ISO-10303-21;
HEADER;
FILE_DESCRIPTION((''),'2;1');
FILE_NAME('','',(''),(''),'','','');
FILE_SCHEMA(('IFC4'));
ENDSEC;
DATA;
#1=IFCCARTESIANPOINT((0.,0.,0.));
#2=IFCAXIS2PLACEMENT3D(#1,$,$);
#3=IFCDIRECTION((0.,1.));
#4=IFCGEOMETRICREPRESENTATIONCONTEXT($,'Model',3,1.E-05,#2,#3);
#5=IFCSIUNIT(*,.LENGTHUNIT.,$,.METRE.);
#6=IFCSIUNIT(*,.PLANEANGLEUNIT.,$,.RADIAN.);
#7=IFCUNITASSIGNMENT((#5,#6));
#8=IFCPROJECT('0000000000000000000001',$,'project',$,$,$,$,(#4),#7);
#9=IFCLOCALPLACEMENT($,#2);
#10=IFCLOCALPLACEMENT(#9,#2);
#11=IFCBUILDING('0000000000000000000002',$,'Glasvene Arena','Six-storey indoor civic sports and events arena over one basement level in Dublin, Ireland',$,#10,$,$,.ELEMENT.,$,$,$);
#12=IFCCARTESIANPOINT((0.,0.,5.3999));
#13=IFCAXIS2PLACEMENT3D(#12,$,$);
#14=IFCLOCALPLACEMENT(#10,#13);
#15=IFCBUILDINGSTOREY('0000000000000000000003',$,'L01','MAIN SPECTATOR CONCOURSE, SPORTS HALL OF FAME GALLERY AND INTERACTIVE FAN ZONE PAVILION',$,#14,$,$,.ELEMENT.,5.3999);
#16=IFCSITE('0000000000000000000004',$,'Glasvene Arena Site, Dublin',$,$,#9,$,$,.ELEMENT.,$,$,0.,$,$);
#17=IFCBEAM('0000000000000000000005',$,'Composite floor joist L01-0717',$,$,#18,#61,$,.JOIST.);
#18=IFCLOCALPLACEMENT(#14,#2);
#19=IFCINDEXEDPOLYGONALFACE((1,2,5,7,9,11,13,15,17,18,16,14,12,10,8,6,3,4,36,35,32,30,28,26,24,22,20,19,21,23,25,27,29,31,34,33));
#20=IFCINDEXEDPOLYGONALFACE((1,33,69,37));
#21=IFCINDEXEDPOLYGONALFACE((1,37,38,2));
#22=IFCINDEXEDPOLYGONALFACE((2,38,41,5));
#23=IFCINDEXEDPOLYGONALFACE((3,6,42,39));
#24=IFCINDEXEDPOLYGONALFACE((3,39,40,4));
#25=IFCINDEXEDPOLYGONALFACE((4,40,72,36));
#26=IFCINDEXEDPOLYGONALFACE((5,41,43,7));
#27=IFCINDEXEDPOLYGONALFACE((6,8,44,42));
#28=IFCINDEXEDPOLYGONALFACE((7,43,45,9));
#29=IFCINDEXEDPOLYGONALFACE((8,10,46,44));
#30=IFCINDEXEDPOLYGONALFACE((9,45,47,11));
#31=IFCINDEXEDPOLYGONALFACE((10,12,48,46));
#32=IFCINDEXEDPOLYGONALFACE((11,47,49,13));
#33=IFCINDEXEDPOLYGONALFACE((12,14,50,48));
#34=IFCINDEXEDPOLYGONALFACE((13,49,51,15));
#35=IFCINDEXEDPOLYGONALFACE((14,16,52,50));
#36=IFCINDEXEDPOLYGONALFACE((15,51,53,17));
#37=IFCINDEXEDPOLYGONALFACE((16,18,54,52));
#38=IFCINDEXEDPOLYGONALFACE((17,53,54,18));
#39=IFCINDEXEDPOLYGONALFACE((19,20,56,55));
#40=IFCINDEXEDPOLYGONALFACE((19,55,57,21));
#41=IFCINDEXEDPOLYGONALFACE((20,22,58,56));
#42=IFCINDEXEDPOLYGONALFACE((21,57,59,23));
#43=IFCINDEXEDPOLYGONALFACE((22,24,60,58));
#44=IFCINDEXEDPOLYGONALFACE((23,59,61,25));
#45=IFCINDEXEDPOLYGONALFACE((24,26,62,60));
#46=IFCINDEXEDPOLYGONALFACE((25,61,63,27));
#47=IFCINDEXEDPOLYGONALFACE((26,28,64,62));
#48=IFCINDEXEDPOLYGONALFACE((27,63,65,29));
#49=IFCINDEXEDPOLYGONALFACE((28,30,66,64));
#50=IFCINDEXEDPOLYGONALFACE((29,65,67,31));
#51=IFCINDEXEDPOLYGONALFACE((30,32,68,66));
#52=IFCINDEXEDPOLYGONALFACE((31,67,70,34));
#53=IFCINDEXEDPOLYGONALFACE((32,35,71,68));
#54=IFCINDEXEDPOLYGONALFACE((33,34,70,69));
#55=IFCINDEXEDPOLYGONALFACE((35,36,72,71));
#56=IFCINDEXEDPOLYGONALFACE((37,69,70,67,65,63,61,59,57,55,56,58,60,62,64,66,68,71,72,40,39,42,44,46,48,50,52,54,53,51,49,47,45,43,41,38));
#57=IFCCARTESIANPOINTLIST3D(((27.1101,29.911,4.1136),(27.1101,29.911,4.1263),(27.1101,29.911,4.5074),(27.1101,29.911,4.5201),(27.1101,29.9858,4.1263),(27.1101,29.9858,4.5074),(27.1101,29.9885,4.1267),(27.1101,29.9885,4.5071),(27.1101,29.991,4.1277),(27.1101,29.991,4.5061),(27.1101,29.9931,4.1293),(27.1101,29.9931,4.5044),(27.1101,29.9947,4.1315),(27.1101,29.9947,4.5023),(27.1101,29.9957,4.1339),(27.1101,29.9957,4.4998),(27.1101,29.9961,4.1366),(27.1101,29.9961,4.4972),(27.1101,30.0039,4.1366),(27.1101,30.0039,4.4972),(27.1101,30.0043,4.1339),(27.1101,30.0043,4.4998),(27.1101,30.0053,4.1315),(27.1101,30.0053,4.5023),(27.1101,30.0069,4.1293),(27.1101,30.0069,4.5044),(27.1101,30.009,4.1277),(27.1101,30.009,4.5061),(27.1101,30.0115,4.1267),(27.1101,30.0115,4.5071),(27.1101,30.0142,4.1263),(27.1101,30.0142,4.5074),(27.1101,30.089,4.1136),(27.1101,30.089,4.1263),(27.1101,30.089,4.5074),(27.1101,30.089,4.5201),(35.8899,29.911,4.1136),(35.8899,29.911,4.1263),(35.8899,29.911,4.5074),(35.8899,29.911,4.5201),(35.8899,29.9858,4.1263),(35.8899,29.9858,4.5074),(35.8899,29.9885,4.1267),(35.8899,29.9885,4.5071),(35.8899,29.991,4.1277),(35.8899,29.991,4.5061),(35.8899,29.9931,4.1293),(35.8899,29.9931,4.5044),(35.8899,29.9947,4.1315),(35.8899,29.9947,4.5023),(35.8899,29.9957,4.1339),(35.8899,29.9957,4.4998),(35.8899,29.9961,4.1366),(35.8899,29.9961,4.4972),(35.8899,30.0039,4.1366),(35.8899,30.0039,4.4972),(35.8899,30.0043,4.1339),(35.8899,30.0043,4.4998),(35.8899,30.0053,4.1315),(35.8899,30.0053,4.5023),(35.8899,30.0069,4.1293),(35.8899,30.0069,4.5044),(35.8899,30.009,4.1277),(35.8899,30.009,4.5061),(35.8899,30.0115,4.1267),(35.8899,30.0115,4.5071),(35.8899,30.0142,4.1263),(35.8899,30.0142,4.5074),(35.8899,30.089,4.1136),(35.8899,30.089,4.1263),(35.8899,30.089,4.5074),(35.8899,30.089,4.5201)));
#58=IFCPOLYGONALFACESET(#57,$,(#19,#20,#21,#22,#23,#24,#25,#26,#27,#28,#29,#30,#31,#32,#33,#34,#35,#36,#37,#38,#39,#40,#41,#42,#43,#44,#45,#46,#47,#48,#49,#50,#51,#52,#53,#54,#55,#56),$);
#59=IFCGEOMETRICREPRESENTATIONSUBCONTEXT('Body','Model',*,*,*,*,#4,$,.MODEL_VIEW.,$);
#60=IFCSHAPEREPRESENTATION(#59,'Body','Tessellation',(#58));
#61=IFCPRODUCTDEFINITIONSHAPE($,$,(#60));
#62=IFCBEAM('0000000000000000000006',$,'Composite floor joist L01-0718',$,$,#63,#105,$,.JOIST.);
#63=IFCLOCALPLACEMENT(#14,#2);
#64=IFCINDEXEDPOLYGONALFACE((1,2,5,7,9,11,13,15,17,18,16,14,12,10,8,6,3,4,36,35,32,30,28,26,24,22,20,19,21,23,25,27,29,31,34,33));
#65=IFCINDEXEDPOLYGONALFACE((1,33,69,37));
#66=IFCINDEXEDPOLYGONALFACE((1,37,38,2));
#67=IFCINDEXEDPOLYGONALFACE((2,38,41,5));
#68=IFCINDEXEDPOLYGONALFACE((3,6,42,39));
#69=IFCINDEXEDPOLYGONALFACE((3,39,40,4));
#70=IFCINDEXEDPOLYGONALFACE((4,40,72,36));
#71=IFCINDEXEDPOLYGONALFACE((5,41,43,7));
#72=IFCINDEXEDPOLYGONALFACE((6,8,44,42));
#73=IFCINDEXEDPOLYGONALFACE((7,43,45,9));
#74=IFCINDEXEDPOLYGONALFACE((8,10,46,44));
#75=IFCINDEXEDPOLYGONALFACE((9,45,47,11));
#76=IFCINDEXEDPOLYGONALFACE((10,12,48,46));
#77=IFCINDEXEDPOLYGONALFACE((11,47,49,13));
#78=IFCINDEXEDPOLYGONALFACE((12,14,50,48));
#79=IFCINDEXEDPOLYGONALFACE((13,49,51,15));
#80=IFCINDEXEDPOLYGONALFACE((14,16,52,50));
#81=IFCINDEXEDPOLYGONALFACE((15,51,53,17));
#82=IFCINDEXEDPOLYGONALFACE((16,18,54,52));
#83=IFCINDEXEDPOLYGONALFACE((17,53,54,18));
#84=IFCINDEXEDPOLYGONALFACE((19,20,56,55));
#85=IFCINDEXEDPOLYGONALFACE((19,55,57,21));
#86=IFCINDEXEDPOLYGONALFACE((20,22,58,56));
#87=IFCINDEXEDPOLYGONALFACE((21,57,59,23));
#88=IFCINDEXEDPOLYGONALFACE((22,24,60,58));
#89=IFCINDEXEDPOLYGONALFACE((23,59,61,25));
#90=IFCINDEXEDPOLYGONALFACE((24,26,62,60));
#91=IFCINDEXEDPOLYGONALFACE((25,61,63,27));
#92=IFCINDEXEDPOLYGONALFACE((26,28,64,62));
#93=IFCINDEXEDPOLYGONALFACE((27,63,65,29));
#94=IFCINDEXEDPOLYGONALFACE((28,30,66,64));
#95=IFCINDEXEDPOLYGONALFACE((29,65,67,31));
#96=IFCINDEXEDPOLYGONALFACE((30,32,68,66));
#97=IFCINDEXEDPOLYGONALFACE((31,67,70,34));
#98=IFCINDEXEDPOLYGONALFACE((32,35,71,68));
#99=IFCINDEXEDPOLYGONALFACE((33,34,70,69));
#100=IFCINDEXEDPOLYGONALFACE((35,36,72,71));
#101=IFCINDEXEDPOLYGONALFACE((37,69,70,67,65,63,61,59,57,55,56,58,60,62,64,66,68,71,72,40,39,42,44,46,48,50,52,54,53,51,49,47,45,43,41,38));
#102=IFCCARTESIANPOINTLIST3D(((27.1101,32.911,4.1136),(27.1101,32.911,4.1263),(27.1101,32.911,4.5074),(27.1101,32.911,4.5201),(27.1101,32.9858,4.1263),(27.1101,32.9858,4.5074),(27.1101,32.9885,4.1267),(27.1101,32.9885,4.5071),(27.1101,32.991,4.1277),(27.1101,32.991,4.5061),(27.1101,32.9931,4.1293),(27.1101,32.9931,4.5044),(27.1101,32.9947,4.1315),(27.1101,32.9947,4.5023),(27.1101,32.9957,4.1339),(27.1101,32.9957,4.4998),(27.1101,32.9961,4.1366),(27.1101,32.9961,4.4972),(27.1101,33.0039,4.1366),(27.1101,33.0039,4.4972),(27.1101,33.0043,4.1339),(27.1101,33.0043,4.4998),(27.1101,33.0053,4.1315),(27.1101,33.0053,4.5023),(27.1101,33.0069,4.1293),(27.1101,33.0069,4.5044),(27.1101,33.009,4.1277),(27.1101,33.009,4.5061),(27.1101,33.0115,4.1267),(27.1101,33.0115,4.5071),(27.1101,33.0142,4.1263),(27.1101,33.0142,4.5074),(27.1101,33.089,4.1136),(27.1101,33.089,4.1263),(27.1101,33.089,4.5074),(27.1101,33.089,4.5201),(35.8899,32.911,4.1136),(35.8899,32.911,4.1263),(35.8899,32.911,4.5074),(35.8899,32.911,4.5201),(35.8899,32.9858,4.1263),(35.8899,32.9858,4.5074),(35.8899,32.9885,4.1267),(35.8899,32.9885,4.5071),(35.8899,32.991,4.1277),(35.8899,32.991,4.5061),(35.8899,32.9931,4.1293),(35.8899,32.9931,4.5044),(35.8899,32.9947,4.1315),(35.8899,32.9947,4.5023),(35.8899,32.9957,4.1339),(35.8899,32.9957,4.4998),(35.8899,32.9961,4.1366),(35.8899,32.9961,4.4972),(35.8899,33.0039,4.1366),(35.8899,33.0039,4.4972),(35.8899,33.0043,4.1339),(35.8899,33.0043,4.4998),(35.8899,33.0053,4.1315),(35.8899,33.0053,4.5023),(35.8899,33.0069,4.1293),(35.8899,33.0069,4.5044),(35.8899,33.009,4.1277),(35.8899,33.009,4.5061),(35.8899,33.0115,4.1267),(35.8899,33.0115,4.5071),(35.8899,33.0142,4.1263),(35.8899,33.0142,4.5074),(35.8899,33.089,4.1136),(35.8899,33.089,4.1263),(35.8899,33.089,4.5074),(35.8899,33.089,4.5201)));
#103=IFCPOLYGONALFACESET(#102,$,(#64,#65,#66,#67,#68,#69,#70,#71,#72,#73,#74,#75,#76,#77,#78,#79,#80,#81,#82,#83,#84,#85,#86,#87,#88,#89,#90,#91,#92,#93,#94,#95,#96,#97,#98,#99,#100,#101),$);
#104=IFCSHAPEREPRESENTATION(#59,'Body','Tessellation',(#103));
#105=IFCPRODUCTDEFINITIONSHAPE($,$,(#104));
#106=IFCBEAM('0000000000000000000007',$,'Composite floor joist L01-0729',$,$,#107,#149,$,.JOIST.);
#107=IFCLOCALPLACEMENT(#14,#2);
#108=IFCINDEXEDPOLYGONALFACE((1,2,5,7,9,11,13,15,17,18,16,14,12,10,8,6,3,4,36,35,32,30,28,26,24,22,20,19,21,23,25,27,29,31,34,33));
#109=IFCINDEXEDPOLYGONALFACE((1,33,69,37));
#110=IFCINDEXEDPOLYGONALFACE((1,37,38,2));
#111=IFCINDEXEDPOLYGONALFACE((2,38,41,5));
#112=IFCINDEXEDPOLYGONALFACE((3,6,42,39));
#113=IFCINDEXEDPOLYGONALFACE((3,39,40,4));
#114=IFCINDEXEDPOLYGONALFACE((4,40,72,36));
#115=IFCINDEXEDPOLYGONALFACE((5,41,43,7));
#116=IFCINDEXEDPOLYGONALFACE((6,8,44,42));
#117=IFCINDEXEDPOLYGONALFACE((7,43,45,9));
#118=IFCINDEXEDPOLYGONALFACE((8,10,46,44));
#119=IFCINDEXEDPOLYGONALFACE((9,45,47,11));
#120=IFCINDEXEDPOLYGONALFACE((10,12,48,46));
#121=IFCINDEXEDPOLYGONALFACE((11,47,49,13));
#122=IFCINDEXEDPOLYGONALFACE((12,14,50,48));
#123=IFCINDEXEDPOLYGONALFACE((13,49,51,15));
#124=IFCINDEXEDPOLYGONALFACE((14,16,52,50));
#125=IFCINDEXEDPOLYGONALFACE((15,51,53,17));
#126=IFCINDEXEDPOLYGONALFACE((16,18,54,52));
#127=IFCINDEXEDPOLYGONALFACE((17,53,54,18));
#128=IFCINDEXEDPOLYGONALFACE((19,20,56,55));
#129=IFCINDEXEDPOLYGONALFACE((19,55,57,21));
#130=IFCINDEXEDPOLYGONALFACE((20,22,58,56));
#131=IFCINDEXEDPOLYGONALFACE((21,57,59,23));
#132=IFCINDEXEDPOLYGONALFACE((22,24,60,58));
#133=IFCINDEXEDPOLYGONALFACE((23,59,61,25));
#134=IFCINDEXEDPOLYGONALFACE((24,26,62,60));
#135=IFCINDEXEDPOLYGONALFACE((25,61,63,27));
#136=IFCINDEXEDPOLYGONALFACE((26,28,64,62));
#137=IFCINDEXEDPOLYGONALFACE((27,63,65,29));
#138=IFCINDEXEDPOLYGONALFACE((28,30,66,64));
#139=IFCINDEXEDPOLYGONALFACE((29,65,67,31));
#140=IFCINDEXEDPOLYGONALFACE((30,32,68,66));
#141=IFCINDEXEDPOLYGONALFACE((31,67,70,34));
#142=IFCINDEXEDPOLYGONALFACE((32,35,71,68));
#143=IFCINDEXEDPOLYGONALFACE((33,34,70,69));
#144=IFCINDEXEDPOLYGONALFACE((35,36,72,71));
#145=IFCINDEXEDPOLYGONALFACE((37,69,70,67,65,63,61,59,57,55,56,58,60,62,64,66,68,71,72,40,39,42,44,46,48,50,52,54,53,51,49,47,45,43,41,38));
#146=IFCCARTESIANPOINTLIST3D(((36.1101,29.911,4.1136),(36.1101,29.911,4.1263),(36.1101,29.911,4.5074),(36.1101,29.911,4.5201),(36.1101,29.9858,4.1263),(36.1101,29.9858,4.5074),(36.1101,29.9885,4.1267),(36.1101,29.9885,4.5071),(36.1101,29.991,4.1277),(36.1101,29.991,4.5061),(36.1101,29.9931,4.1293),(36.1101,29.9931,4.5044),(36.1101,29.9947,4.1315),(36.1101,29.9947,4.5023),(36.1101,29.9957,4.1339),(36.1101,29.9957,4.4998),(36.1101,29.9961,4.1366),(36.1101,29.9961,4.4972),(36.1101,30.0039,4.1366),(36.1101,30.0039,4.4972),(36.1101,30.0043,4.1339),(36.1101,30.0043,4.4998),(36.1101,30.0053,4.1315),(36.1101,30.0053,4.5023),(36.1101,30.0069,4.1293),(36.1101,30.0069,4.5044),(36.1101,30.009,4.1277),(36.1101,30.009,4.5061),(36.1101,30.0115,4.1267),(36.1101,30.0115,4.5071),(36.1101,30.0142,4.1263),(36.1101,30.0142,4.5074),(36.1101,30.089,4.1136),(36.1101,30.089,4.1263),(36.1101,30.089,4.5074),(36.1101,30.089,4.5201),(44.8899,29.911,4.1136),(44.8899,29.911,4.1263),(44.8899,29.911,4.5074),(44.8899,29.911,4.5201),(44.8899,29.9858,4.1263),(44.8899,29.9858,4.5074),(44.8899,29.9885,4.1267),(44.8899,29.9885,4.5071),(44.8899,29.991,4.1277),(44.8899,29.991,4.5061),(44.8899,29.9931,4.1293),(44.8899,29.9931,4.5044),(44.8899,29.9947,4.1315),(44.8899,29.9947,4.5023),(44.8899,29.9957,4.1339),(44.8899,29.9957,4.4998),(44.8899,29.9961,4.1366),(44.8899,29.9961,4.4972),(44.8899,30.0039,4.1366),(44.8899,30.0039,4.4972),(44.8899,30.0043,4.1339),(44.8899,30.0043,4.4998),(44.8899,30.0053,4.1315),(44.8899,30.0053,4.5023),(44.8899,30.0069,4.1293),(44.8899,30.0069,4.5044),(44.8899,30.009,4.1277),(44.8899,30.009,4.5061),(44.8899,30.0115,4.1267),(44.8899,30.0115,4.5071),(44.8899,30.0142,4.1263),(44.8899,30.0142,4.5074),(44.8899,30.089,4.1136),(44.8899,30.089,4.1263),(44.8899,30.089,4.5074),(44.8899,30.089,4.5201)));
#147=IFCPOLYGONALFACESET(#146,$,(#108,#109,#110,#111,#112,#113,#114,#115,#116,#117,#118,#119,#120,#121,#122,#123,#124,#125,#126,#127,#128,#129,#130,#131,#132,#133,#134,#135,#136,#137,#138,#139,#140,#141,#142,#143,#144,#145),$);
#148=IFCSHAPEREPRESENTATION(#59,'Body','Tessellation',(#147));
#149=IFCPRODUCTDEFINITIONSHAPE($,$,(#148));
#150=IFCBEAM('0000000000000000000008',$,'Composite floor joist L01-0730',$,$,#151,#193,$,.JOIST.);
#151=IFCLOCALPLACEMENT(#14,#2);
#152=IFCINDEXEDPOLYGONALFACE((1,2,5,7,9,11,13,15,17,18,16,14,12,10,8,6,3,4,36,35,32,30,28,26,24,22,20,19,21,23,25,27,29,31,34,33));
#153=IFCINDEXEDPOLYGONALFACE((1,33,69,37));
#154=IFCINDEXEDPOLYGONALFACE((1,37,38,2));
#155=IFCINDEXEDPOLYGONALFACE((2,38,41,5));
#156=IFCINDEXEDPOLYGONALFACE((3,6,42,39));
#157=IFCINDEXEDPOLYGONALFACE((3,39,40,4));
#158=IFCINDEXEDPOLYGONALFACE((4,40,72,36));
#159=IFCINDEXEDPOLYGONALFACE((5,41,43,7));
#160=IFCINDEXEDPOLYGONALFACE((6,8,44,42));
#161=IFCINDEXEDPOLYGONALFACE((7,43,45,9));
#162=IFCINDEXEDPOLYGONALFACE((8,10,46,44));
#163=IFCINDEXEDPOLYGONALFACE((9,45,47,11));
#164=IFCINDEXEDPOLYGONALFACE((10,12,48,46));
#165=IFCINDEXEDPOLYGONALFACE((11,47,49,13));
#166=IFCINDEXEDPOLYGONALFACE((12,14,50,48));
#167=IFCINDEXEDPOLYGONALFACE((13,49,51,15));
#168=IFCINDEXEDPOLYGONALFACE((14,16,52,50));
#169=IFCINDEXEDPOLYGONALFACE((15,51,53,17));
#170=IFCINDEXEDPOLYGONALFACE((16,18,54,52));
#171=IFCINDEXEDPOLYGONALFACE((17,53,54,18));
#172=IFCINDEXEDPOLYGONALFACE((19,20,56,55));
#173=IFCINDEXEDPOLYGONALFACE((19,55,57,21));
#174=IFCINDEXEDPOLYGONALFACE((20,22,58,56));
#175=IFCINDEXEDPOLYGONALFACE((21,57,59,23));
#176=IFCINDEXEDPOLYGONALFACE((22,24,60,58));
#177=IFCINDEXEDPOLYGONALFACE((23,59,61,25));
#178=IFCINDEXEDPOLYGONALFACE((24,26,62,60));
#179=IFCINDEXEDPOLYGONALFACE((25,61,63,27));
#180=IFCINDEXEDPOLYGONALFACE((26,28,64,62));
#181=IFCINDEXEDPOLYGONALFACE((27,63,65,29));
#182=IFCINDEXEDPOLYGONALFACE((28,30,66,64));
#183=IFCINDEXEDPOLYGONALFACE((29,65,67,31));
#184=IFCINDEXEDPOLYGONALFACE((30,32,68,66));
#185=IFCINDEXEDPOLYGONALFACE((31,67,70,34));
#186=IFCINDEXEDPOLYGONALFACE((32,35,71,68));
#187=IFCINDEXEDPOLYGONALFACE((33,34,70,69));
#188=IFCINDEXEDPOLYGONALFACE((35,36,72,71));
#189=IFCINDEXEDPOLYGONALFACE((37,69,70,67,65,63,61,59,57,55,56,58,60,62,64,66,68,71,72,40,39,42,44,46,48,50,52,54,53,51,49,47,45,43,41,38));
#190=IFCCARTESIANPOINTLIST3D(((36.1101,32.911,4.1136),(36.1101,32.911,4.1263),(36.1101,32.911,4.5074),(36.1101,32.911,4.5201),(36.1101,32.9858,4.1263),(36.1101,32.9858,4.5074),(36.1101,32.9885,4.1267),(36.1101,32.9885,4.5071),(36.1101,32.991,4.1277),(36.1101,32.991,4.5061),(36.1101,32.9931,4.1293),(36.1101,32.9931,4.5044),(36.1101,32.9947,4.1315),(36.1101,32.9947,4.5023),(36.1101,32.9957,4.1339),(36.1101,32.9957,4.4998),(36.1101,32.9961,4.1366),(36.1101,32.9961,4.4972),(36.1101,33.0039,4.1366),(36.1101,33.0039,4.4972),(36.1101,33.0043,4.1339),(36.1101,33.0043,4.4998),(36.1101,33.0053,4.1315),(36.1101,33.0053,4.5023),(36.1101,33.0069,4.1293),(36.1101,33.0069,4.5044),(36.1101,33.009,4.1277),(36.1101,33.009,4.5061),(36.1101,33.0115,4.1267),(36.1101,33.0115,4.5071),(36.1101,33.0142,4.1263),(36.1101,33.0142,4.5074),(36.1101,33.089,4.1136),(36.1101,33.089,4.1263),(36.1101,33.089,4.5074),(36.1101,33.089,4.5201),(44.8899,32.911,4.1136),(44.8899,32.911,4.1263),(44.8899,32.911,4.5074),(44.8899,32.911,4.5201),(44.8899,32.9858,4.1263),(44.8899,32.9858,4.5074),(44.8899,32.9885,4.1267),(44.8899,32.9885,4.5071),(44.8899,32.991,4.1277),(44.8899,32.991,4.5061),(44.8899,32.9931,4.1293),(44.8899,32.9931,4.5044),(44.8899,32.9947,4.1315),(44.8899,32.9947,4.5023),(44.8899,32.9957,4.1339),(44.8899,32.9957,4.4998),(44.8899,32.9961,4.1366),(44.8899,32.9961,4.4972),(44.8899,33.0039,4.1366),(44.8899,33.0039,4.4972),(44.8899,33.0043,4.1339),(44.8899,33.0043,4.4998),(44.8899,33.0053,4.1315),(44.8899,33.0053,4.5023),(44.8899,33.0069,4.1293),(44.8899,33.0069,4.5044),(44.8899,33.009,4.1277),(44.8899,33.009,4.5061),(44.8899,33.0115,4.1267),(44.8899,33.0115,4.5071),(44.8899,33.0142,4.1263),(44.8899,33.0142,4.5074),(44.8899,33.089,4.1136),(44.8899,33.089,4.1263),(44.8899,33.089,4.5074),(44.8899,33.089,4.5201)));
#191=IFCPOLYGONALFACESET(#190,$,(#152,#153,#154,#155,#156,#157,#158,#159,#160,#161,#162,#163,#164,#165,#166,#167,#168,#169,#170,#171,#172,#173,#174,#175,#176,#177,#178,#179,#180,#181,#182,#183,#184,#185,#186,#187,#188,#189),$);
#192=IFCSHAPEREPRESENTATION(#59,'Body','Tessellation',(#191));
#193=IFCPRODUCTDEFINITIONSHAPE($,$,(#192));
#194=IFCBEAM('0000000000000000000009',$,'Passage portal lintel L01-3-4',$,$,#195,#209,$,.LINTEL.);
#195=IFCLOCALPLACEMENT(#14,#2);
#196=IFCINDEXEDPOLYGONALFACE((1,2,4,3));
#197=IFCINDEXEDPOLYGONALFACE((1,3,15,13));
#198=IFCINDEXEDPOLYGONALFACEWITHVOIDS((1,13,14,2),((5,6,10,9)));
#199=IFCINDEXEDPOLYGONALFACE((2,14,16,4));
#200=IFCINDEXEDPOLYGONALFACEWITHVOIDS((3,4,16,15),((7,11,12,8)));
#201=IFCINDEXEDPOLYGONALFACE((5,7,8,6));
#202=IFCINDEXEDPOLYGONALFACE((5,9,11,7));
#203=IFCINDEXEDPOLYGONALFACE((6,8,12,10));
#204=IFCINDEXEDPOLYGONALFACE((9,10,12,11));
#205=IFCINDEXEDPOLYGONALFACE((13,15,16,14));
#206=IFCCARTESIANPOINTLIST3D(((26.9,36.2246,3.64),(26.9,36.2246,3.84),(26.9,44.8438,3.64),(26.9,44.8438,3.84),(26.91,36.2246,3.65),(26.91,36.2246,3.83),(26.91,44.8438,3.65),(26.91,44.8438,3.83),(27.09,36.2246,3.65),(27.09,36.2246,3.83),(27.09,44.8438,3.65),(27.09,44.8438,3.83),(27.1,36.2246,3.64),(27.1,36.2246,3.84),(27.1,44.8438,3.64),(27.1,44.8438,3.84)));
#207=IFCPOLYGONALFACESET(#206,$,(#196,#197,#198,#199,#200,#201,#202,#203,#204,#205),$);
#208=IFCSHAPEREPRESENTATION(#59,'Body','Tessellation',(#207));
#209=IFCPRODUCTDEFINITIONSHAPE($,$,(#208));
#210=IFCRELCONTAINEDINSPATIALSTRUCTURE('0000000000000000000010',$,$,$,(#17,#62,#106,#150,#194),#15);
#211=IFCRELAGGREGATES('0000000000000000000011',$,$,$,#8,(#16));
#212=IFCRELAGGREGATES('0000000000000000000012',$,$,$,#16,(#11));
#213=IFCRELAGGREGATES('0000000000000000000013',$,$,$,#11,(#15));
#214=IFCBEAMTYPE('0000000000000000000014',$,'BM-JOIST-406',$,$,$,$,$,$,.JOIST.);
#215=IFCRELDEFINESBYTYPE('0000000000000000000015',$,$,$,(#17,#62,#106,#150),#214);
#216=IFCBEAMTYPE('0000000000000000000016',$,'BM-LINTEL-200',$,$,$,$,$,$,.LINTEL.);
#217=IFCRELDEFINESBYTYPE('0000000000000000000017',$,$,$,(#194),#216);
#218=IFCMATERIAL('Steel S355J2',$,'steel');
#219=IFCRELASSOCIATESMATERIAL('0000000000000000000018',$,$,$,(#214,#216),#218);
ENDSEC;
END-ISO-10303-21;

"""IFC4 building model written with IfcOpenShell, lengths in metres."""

from ifc_helpers import new_model, si_unit, direction, frame, origin, origin_2d, place, context, subcontext, project, spatial, hollow_rectangle, i_section, extrude, material, material_profile, profile_set, type_object, element, save


model = new_model("IFC4")

# Units and contexts
model_context = context("Model", 3, precision=1e-05, world=origin(), true_north=direction((0.0, 1.0)))
body_context = subcontext(model_context, "Body", "Model", "MODEL_VIEW")
ifc_project = project(units=[si_unit("LENGTHUNIT", "METRE"), si_unit("PLANEANGLEUNIT", "RADIAN")], contexts=[model_context])

# Site, building, storey
site_placement = place(None, origin())
site = spatial("IfcSite", under=ifc_project, at=site_placement, Name="Glasvene Arena Site, Dublin", CompositionType="ELEMENT", RefElevation=0.0)
building_placement = place(site_placement, origin())
building = spatial("IfcBuilding", under=site, at=building_placement, Name="Glasvene Arena", Description="Six-storey indoor civic sports and events arena over one basement level in Dublin, Ireland", CompositionType="ELEMENT")
storey_placement = place(building_placement, frame((0.0, 0.0, 5.3999)))
storey = spatial("IfcBuildingStorey", under=building, at=storey_placement, Name="L01", Description="MAIN SPECTATOR CONCOURSE, SPORTS HALL OF FAME GALLERY AND INTERACTIVE FAN ZONE PAVILION", CompositionType="ELEMENT", Elevation=5.3999)

# Shared definitions
ifc_material_1 = material(Name="Steel S355J2", Category="steel")

# Beams
ifc_material_profile_1 = material_profile(ifc_material_1, i_section(OverallWidth=0.178, OverallDepth=0.4065, WebThickness=0.0078, FlangeThickness=0.0127, FilletRadius=0.0103, at=origin_2d()), Name="UKB 406x178x60")
ifc_profile_set_1 = profile_set([ifc_material_profile_1], Name="Steel S355J2")
beam_type_1 = type_object("IfcBeamType", Name="BM-JOIST-406", PredefinedType="JOIST", material=ifc_profile_set_1)
for number, where, z_axis, x_axis, name in (
    (1, (27.1101, 30.0, 4.3169), (1.0, 0.0, 0.0), (0.0, 1.0, 0.0), "Composite floor joist L01-0717"),
    (2, (27.1101, 33.0, 4.3169), (1.0, 0.0, 0.0), (0.0, 1.0, 0.0), "Composite floor joist L01-0718"),
    (3, (36.1101, 30.0, 4.3169), (1.0, 0.0, 0.0), (0.0, 1.0, 0.0), "Composite floor joist L01-0729"),
    (4, (36.1101, 33.0, 4.3169), (1.0, 0.0, 0.0), (0.0, 1.0, 0.0), "Composite floor joist L01-0730"),
):
    element("IfcBeam", number, at=place(storey_placement, frame(where, z_axis=z_axis, x_axis=x_axis)), inside=storey, type_object=beam_type_1, Name=name, PredefinedType="JOIST", context=body_context, shape_type="SweptSolid", body=[
        extrude(i_section(OverallWidth=0.178, OverallDepth=0.4065, WebThickness=0.0078, FlangeThickness=0.0127, FilletRadius=0.0103, at=origin_2d()), origin(), (0.0, 0.0, 1.0), 8.7798),
    ])
ifc_material_profile_2 = material_profile(ifc_material_1, hollow_rectangle(XDim=0.2, YDim=0.2, WallThickness=0.01, at=origin_2d()), Name="SHS 200x200x10.0")
ifc_profile_set_2 = profile_set([ifc_material_profile_2], Name="Steel S355J2")
beam_type_2 = type_object("IfcBeamType", Name="BM-LINTEL-200", PredefinedType="LINTEL", material=ifc_profile_set_2)
for number, where, z_axis, x_axis, name in (
    (5, (27.0, 36.2246, 3.74), (0.0, 1.0, 0.0), (-1.0, 0.0, 0.0), "Passage portal lintel L01-3-4"),
):
    element("IfcBeam", number, at=place(storey_placement, frame(where, z_axis=z_axis, x_axis=x_axis)), inside=storey, type_object=beam_type_2, Name=name, PredefinedType="LINTEL", context=body_context, shape_type="SweptSolid", body=[
        extrude(hollow_rectangle(XDim=0.2, YDim=0.2, WallThickness=0.01, at=origin_2d()), origin(), (0.0, 0.0, 1.0), 8.6191),
    ])

save(model, "model.ifc")
